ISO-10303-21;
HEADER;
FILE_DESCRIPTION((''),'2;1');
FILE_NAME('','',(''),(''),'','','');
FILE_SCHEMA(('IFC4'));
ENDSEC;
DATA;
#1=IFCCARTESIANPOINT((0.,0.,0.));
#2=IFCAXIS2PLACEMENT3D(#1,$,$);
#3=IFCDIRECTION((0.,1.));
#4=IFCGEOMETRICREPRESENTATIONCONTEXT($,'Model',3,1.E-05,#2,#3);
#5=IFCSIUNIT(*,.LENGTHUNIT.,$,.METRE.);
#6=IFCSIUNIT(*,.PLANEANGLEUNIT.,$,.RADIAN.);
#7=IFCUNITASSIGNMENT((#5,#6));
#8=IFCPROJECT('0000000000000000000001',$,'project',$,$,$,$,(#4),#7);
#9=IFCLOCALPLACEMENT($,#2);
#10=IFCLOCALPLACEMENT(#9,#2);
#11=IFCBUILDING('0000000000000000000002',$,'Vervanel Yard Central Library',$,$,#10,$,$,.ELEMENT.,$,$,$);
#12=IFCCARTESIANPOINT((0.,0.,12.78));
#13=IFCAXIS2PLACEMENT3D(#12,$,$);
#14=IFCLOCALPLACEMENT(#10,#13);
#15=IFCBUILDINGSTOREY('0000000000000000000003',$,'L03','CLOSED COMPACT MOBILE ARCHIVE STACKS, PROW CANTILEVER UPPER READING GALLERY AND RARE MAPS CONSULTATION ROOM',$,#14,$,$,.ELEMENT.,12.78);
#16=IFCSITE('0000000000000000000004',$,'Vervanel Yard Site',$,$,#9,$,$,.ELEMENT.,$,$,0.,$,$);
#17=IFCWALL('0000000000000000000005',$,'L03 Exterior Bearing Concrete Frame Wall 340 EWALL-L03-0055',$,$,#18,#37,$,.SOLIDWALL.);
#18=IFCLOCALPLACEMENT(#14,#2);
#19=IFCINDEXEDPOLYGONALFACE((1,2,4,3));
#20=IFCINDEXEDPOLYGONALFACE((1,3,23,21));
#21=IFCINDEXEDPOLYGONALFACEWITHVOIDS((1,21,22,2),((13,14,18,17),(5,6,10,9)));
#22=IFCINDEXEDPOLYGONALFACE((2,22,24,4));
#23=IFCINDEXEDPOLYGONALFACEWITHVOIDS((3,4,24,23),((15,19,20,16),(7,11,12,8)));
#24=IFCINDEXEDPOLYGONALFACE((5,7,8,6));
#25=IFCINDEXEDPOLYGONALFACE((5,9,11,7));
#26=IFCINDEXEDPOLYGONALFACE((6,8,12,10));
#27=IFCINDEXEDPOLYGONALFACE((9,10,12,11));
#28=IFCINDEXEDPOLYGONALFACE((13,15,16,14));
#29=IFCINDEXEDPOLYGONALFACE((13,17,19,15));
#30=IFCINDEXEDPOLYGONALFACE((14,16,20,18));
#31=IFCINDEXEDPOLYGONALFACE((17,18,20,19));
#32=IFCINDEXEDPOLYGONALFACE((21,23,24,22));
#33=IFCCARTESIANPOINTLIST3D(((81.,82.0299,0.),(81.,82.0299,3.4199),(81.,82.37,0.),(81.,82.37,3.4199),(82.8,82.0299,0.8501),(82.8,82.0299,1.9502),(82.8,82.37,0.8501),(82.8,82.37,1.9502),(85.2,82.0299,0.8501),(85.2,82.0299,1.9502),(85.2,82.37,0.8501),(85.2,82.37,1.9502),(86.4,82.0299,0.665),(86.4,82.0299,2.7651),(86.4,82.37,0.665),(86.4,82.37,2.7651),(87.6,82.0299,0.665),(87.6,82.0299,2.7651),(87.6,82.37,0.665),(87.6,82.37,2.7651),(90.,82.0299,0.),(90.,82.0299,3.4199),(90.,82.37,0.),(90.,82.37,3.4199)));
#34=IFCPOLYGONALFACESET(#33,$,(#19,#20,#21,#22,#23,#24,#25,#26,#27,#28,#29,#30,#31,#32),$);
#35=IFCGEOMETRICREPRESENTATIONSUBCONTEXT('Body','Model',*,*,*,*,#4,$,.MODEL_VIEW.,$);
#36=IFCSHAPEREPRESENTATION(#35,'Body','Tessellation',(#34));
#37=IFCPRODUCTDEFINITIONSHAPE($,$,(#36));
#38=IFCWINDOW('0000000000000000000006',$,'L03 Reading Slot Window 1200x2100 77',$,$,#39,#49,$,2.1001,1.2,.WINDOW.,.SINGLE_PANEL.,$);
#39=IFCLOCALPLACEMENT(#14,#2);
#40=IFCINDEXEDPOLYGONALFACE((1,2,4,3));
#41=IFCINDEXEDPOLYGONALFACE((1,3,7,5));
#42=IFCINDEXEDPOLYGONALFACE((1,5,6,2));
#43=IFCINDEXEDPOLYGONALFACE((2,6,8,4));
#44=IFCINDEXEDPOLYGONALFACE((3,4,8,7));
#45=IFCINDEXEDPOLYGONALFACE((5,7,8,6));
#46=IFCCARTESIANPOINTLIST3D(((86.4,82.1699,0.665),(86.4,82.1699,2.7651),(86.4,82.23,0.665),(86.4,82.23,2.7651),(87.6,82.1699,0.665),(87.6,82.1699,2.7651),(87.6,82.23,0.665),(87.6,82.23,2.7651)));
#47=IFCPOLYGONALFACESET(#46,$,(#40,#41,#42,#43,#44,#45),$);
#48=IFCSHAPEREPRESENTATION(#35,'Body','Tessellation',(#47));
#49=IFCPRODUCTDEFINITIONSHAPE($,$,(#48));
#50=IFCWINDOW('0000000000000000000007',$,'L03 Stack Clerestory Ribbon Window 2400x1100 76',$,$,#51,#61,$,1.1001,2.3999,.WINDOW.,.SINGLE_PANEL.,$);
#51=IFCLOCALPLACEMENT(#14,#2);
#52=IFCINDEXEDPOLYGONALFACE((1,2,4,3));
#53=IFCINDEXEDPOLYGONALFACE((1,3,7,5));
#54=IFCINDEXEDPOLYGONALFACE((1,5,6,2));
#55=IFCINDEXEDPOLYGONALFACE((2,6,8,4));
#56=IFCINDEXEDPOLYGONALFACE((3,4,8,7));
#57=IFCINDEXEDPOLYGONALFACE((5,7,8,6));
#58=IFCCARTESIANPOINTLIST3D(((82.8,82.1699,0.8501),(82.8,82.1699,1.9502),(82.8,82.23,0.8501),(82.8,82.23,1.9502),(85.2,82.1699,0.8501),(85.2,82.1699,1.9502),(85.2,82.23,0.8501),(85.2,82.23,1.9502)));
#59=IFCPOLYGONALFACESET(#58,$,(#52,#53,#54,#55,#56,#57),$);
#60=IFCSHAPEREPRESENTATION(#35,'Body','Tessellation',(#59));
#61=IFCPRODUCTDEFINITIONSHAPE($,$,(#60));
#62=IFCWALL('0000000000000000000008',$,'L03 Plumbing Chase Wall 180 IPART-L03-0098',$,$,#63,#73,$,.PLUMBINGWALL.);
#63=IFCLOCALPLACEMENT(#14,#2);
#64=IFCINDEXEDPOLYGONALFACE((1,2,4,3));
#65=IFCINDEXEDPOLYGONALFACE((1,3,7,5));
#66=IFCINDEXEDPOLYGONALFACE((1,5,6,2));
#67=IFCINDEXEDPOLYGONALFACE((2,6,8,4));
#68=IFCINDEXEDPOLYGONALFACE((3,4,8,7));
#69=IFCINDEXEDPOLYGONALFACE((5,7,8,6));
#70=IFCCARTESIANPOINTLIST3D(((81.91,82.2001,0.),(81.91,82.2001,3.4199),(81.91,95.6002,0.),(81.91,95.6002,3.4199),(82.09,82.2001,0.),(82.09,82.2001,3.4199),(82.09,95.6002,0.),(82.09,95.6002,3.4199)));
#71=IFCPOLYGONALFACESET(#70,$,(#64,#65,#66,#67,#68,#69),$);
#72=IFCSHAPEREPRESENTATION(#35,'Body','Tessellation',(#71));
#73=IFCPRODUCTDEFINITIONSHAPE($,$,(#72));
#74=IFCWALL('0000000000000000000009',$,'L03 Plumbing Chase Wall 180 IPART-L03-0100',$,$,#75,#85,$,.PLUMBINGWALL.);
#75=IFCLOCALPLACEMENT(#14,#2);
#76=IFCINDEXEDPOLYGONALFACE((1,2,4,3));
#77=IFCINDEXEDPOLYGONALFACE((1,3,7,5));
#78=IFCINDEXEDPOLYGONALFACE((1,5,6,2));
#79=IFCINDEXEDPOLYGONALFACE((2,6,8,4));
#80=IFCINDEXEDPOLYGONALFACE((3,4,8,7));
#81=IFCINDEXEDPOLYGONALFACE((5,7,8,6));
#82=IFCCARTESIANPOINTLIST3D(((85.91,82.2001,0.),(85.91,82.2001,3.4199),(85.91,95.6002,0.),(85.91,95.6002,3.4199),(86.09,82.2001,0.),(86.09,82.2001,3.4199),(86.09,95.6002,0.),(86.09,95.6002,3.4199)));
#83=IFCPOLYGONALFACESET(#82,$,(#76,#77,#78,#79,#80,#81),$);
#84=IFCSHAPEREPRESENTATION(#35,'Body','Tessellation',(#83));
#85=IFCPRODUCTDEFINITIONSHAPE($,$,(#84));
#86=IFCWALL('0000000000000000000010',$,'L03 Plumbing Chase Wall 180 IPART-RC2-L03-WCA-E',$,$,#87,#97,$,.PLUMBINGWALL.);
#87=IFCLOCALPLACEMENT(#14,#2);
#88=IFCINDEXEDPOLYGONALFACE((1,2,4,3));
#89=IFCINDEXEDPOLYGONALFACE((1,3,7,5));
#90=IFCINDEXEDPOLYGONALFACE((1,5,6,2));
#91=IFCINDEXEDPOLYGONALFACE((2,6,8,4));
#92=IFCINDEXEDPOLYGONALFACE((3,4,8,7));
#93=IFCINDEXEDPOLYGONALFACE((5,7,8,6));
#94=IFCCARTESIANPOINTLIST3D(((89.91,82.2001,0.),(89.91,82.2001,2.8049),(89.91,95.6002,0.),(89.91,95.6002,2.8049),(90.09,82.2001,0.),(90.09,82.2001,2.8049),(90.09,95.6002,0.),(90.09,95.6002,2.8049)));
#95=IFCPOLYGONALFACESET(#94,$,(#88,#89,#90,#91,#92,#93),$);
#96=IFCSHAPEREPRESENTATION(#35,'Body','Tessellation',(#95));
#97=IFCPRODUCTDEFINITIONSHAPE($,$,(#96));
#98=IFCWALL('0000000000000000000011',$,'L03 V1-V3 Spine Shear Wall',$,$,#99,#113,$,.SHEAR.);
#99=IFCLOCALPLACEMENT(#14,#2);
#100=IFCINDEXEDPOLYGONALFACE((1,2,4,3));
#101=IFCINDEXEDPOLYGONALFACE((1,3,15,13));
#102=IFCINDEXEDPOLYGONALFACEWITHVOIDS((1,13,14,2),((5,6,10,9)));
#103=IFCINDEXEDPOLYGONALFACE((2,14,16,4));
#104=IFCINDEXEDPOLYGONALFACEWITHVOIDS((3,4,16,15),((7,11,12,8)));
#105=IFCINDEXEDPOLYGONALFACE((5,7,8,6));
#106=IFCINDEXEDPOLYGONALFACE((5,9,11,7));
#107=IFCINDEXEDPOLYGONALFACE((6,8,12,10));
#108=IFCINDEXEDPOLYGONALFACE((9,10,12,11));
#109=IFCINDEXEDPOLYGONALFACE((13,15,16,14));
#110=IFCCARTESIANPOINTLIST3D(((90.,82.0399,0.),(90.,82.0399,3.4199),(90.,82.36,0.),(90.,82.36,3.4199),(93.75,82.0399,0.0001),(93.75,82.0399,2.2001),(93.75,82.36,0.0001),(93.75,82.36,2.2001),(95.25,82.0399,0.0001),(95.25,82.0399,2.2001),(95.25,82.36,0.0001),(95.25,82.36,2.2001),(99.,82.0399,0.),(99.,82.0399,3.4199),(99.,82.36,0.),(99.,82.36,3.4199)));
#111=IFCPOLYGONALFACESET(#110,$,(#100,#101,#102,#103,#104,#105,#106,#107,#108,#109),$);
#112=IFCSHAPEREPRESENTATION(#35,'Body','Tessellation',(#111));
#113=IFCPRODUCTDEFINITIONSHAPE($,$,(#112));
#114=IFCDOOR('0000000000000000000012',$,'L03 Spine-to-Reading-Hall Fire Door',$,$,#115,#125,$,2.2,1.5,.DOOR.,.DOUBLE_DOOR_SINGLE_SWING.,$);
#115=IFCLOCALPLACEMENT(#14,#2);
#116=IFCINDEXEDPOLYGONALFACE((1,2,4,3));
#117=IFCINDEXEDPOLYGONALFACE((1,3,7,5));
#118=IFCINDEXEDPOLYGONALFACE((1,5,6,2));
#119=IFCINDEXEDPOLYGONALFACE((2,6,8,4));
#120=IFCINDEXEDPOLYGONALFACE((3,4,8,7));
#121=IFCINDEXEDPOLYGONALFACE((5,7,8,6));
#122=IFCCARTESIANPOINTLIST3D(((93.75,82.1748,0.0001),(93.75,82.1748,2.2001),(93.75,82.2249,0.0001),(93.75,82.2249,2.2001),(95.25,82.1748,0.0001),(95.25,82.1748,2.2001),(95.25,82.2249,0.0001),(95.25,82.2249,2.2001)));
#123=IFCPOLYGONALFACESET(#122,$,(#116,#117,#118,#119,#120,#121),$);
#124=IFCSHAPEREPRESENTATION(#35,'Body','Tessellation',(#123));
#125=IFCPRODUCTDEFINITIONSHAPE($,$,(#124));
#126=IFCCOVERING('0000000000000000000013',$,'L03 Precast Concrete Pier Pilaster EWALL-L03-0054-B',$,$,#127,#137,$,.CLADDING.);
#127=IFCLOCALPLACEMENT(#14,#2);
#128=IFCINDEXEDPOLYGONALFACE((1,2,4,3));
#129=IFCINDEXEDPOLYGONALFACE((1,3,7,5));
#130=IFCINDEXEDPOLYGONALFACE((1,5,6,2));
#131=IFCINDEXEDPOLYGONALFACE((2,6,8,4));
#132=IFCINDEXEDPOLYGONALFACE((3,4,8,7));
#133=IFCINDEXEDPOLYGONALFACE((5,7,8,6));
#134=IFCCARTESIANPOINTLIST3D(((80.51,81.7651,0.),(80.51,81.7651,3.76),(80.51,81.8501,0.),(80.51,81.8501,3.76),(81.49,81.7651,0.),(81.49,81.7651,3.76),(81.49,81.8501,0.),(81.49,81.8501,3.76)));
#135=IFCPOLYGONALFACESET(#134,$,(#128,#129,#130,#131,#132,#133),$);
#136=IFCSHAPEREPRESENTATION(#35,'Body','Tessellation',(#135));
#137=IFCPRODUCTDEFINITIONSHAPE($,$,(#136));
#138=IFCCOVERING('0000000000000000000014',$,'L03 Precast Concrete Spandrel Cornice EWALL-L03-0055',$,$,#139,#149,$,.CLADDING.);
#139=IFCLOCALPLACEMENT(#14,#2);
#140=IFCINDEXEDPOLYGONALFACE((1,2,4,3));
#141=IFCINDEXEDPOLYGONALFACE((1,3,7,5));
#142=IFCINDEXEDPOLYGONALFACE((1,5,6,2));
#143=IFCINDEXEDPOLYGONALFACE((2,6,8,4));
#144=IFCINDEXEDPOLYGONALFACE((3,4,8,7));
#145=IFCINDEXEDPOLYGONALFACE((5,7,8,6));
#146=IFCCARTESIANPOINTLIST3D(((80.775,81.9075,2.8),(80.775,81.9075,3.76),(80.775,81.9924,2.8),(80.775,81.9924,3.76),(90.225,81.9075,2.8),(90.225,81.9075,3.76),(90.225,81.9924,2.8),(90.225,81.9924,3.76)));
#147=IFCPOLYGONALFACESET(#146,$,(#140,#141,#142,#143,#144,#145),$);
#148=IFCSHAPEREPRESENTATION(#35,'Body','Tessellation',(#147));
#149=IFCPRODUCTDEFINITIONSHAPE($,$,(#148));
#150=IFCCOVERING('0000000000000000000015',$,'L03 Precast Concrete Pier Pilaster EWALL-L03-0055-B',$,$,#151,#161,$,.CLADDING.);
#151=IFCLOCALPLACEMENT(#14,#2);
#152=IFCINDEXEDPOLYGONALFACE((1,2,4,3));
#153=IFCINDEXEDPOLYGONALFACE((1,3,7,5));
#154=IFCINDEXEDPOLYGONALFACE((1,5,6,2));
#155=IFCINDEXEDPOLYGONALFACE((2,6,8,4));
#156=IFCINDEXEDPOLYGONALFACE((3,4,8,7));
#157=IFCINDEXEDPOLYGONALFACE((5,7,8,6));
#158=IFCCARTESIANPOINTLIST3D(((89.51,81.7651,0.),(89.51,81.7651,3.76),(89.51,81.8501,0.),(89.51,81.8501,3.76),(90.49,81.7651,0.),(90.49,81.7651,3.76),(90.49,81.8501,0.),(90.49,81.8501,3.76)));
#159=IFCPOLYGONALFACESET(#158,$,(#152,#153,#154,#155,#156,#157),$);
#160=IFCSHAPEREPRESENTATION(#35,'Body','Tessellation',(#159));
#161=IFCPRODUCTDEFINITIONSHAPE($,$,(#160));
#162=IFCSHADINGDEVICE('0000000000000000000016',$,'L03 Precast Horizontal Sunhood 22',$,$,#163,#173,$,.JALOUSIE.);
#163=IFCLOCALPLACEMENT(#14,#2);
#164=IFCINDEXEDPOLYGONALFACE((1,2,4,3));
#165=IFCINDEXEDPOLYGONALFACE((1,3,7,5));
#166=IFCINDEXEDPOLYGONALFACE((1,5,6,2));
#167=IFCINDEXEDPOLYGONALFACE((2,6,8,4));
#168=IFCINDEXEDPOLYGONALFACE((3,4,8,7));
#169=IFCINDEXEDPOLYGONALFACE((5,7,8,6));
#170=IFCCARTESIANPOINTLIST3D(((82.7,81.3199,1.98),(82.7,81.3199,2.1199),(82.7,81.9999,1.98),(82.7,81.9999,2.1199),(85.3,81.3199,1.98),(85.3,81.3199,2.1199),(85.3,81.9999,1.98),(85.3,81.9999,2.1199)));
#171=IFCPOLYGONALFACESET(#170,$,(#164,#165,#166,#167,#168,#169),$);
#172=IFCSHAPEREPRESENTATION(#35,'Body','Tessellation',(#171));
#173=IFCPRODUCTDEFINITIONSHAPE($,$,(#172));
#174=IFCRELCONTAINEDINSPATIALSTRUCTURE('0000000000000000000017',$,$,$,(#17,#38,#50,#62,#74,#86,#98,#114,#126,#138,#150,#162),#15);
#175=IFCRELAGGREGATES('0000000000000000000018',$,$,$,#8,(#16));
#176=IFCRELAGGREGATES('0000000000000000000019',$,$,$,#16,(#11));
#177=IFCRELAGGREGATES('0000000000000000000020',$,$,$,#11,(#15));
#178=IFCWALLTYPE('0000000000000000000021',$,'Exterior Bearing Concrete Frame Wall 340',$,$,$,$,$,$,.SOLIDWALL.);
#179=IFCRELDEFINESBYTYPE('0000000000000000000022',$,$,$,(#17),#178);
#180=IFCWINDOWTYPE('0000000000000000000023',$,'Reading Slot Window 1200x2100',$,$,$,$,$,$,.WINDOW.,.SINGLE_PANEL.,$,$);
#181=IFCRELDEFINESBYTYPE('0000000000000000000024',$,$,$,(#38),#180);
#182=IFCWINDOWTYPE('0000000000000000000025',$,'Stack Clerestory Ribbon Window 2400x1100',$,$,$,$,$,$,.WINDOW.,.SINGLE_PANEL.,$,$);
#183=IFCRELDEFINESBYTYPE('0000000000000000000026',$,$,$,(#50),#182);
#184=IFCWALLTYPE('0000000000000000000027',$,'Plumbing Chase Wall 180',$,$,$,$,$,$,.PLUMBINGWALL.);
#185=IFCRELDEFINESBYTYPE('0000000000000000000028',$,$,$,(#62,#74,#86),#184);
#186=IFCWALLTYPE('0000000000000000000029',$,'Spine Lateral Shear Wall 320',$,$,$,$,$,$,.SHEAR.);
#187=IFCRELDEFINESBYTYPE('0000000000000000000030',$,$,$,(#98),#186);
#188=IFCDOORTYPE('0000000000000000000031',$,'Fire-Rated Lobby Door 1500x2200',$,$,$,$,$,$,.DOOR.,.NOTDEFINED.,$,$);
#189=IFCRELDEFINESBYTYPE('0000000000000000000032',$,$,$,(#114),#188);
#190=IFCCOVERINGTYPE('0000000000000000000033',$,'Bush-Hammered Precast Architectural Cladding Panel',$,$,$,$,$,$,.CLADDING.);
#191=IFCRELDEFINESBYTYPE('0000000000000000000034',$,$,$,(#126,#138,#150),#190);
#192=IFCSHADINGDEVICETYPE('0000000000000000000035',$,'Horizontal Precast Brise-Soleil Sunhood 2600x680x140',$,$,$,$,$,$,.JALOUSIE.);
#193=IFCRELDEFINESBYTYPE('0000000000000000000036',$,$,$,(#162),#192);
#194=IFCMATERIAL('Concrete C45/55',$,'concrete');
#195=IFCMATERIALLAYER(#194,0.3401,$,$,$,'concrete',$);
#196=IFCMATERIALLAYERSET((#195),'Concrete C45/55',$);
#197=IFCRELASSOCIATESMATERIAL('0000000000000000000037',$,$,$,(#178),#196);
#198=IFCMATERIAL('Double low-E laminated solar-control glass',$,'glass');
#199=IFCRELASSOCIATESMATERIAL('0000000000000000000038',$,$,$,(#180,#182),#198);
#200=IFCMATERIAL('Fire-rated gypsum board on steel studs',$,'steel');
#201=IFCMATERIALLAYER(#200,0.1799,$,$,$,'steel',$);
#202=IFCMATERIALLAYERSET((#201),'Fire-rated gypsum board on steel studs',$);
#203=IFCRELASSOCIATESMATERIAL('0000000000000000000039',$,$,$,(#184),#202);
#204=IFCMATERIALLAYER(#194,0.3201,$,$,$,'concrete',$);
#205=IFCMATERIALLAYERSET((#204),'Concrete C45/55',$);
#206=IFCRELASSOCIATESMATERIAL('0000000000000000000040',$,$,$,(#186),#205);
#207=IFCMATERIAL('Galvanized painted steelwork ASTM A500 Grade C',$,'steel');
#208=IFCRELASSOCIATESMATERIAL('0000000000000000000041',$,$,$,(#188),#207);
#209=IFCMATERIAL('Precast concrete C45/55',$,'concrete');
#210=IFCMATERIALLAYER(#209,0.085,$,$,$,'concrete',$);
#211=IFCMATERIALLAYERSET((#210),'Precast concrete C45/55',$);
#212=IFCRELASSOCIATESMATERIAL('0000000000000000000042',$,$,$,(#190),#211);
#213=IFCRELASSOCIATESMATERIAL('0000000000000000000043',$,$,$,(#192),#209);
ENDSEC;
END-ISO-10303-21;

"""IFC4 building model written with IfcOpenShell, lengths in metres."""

from ifc_helpers import new_model, si_unit, direction, frame, frame_2d, origin, origin_2d, place, context, subcontext, project, spatial, rectangle, extrude, material, layer, layer_set, type_object, element, fill, save


model = new_model("IFC4")

# Units and contexts
model_context = context("Model", 3, precision=1e-05, world=origin(), true_north=direction((0.0, 1.0)))
body_context = subcontext(model_context, "Body", "Model", "MODEL_VIEW")
ifc_project = project(units=[si_unit("LENGTHUNIT", "METRE"), si_unit("PLANEANGLEUNIT", "RADIAN")], contexts=[model_context])

# Site, building, storey
site_placement = place(None, origin())
site = spatial("IfcSite", under=ifc_project, at=site_placement, Name="Vervanel Yard Site", CompositionType="ELEMENT", RefElevation=0.0)
building_placement = place(site_placement, origin())
building = spatial("IfcBuilding", under=site, at=building_placement, Name="Vervanel Yard Central Library", CompositionType="ELEMENT")
storey_placement = place(building_placement, frame((0.0, 0.0, 12.78)))
storey = spatial("IfcBuildingStorey", under=building, at=storey_placement, Name="L03", Description="CLOSED COMPACT MOBILE ARCHIVE STACKS, PROW CANTILEVER UPPER READING GALLERY AND RARE MAPS CONSULTATION ROOM", CompositionType="ELEMENT", Elevation=12.78)

# Wall, openings, windows
ifc_material_1 = material(Name="Concrete C45/55", Category="concrete")
ifc_layer_1 = layer(ifc_material_1, 0.3401, Category="concrete")
ifc_layer_set_1 = layer_set([ifc_layer_1], Name="Concrete C45/55")
wall_type_1 = type_object("IfcWallType", Name="Exterior Bearing Concrete Frame Wall 340", PredefinedType="SOLIDWALL", material=ifc_layer_set_1)
wall_1_placement = place(storey_placement, frame((81.0, 82.2, 0.0), z_axis=(0.0, 0.0, 1.0), x_axis=(1.0, 0.0, 0.0)))
wall_1 = element("IfcWall", 1, at=wall_1_placement, inside=storey, type_object=wall_type_1, Name="L03 Exterior Bearing Concrete Frame Wall 340 EWALL-L03-0055", PredefinedType="SOLIDWALL", context=body_context, shape_type="SweptSolid", body=[
    extrude(rectangle(XDim=9.0, YDim=0.3401, at=frame_2d((4.5, 0.0))), origin(), (0.0, 0.0, 1.0), 3.4199),
])
opening_1_placement = place(wall_1_placement, frame((1.8, 0.0, 0.8501)))
opening_1 = element("IfcOpeningElement", 2, at=opening_1_placement, cuts=wall_1, PredefinedType="OPENING", context=body_context, shape_type="SweptSolid", body=[
    extrude(rectangle(XDim=2.3999, YDim=1.1001, at=frame_2d((1.2, 0.55))), frame((0.0, 0.1799, 0.0), z_axis=(0.0, -1.0, 0.0), x_axis=(1.0, 0.0, 0.0)), (0.0, 0.0, 1.0), 0.3601),
])
opening_2_placement = place(wall_1_placement, frame((5.3999, 0.0, 0.665)))
opening_2 = element("IfcOpeningElement", 3, at=opening_2_placement, cuts=wall_1, PredefinedType="OPENING", context=body_context, shape_type="SweptSolid", body=[
    extrude(rectangle(XDim=1.2, YDim=2.1001, at=frame_2d((0.6001, 1.05))), frame((0.0, 0.1799, 0.0), z_axis=(0.0, -1.0, 0.0), x_axis=(1.0, 0.0, 0.0)), (0.0, 0.0, 1.0), 0.3601),
])
ifc_material_2 = material(Name="Double low-E laminated solar-control glass", Category="glass")
window_type_1 = type_object("IfcWindowType", Name="Reading Slot Window 1200x2100", PartitioningType="SINGLE_PANEL", PredefinedType="WINDOW", material=ifc_material_2)
window_1_placement = place(opening_2_placement, origin())
window_1 = element("IfcWindow", 4, at=window_1_placement, inside=storey, type_object=window_type_1, Name="L03 Reading Slot Window 1200x2100 77", OverallHeight=2.1001, OverallWidth=1.2, PartitioningType="SINGLE_PANEL", PredefinedType="WINDOW", context=body_context, shape_type="SweptSolid", body=[
    extrude(rectangle(XDim=1.2, YDim=2.1001, at=frame_2d((0.6001, 1.05))), frame((0.0, 0.03, 0.0), z_axis=(0.0, -1.0, 0.0), x_axis=(1.0, 0.0, 0.0)), (0.0, 0.0, 1.0), 0.0601),
])
fill(opening_2, window_1)
window_type_2 = type_object("IfcWindowType", Name="Stack Clerestory Ribbon Window 2400x1100", PartitioningType="SINGLE_PANEL", PredefinedType="WINDOW", material=ifc_material_2)
window_2_placement = place(opening_1_placement, origin())
window_2 = element("IfcWindow", 5, at=window_2_placement, inside=storey, type_object=window_type_2, Name="L03 Stack Clerestory Ribbon Window 2400x1100 76", OverallHeight=1.1001, OverallWidth=2.3999, PartitioningType="SINGLE_PANEL", PredefinedType="WINDOW", context=body_context, shape_type="SweptSolid", body=[
    extrude(rectangle(XDim=2.3999, YDim=1.1001, at=frame_2d((1.2, 0.55))), frame((0.0, 0.03, 0.0), z_axis=(0.0, -1.0, 0.0), x_axis=(1.0, 0.0, 0.0)), (0.0, 0.0, 1.0), 0.0601),
])
fill(opening_1, window_2)

# Walls
ifc_material_3 = material(Name="Fire-rated gypsum board on steel studs", Category="steel")
ifc_layer_2 = layer(ifc_material_3, 0.1799, Category="steel")
ifc_layer_set_2 = layer_set([ifc_layer_2], Name="Fire-rated gypsum board on steel studs")
wall_type_2 = type_object("IfcWallType", Name="Plumbing Chase Wall 180", PredefinedType="PLUMBINGWALL", material=ifc_layer_set_2)
for number, where, z_axis, x_axis, name in (
    (6, (82.0, 82.2, 0.0), (0.0, 0.0, 1.0), (0.0, 1.0, 0.0), "L03 Plumbing Chase Wall 180 IPART-L03-0098"),
    (7, (86.0, 82.2, 0.0), (0.0, 0.0, 1.0), (0.0, 1.0, 0.0), "L03 Plumbing Chase Wall 180 IPART-L03-0100"),
):
    element("IfcWall", number, at=place(storey_placement, frame(where, z_axis=z_axis, x_axis=x_axis)), inside=storey, type_object=wall_type_2, Name=name, PredefinedType="PLUMBINGWALL", context=body_context, shape_type="SweptSolid", body=[
        extrude(rectangle(XDim=13.4001, YDim=0.1799, at=frame_2d((6.7002, 0.0))), origin(), (0.0, 0.0, 1.0), 3.4199),
    ])
wall_2_placement = place(storey_placement, frame((90.0, 82.2, 0.0), z_axis=(0.0, 0.0, 1.0), x_axis=(0.0, 1.0, 0.0)))
element("IfcWall", 8, at=wall_2_placement, inside=storey, type_object=wall_type_2, Name="L03 Plumbing Chase Wall 180 IPART-RC2-L03-WCA-E", PredefinedType="PLUMBINGWALL", context=body_context, shape_type="SweptSolid", body=[
    extrude(rectangle(XDim=13.4001, YDim=0.1799, at=frame_2d((6.7002, 0.0))), origin(), (0.0, 0.0, 1.0), 2.8049),
])

# Wall, opening, door
ifc_layer_3 = layer(ifc_material_1, 0.3201, Category="concrete")
ifc_layer_set_3 = layer_set([ifc_layer_3], Name="Concrete C45/55")
wall_type_3 = type_object("IfcWallType", Name="Spine Lateral Shear Wall 320", PredefinedType="SHEAR", material=ifc_layer_set_3)
wall_3_placement = place(storey_placement, frame((90.0, 82.2, 0.0), z_axis=(0.0, 0.0, 1.0), x_axis=(1.0, 0.0, 0.0)))
wall_3 = element("IfcWall", 9, at=wall_3_placement, inside=storey, type_object=wall_type_3, Name="L03 V1-V3 Spine Shear Wall", PredefinedType="SHEAR", context=body_context, shape_type="SweptSolid", body=[
    extrude(rectangle(XDim=9.0, YDim=0.3201, at=frame_2d((4.5, 0.0))), origin(), (0.0, 0.0, 1.0), 3.4199),
])
opening_3_placement = place(wall_3_placement, frame((3.75, 0.0, 0.0)))
opening_3 = element("IfcOpeningElement", 10, at=opening_3_placement, cuts=wall_3, PredefinedType="OPENING", context=body_context, shape_type="SweptSolid", body=[
    extrude(rectangle(XDim=1.5, YDim=2.2, at=frame_2d((0.75, 1.1001))), frame((0.0, 0.1699, 0.0), z_axis=(0.0, -1.0, 0.0), x_axis=(1.0, 0.0, 0.0)), (0.0, 0.0, 1.0), 0.3401),
])
ifc_material_4 = material(Name="Galvanized painted steelwork ASTM A500 Grade C", Category="steel")
door_type = type_object("IfcDoorType", Name="Fire-Rated Lobby Door 1500x2200", OperationType="NOTDEFINED", PredefinedType="DOOR", material=ifc_material_4)
door_placement = place(opening_3_placement, origin())
door = element("IfcDoor", 11, at=door_placement, inside=storey, type_object=door_type, Name="L03 Spine-to-Reading-Hall Fire Door", OperationType="DOUBLE_DOOR_SINGLE_SWING", OverallHeight=2.2, OverallWidth=1.5, PredefinedType="DOOR", context=body_context, shape_type="SweptSolid", body=[
    extrude(rectangle(XDim=1.5, YDim=2.2, at=frame_2d((0.75, 1.1001))), frame((0.0, 0.0249, 0.0), z_axis=(0.0, -1.0, 0.0), x_axis=(1.0, 0.0, 0.0)), (0.0, 0.0, 1.0), 0.05),
])
fill(opening_3, door)

# Coverings
ifc_material_5 = material(Name="Precast concrete C45/55", Category="concrete")
ifc_layer_4 = layer(ifc_material_5, 0.085, Category="concrete")
ifc_layer_set_4 = layer_set([ifc_layer_4], Name="Precast concrete C45/55")
covering_type = type_object("IfcCoveringType", Name="Bush-Hammered Precast Architectural Cladding Panel", PredefinedType="CLADDING", material=ifc_layer_set_4)
covering_1_placement = place(storey_placement, frame((81.0, 81.8076, 0.0), z_axis=(0.0, 0.0, 1.0), x_axis=(1.0, 0.0, 0.0)))
element("IfcCovering", 12, at=covering_1_placement, inside=storey, type_object=covering_type, Name="L03 Precast Concrete Pier Pilaster EWALL-L03-0054-B", PredefinedType="CLADDING", context=body_context, shape_type="SweptSolid", body=[
    extrude(rectangle(XDim=0.98, YDim=0.085, at=origin_2d()), origin(), (0.0, 0.0, 1.0), 3.76),
])
covering_2_placement = place(storey_placement, frame((85.5, 81.95, 2.8), z_axis=(0.0, 0.0, 1.0), x_axis=(1.0, 0.0, 0.0)))
element("IfcCovering", 13, at=covering_2_placement, inside=storey, type_object=covering_type, Name="L03 Precast Concrete Spandrel Cornice EWALL-L03-0055", PredefinedType="CLADDING", context=body_context, shape_type="SweptSolid", body=[
    extrude(rectangle(XDim=9.45, YDim=0.085, at=origin_2d()), origin(), (0.0, 0.0, 1.0), 0.96),
])
covering_3_placement = place(storey_placement, frame((90.0, 81.8076, 0.0), z_axis=(0.0, 0.0, 1.0), x_axis=(1.0, 0.0, 0.0)))
element("IfcCovering", 14, at=covering_3_placement, inside=storey, type_object=covering_type, Name="L03 Precast Concrete Pier Pilaster EWALL-L03-0055-B", PredefinedType="CLADDING", context=body_context, shape_type="SweptSolid", body=[
    extrude(rectangle(XDim=0.98, YDim=0.085, at=origin_2d()), origin(), (0.0, 0.0, 1.0), 3.76),
])

# Shading device
shading_device_type_1 = type_object("IfcShadingDeviceType", Name="Horizontal Precast Brise-Soleil Sunhood 2600x680x140", PredefinedType="JALOUSIE", material=ifc_material_5)
shading_device_placement = place(storey_placement, frame((84.0, 81.6599, 1.98), z_axis=(0.0, 0.0, 1.0), x_axis=(1.0, 0.0, 0.0)))
element("IfcShadingDevice", 15, at=shading_device_placement, inside=storey, type_object=shading_device_type_1, Name="L03 Precast Horizontal Sunhood 22", PredefinedType="JALOUSIE", context=body_context, shape_type="SweptSolid", body=[
    extrude(rectangle(XDim=2.6001, YDim=0.6799, at=origin_2d()), origin(), (0.0, 0.0, 1.0), 0.1399),
])

save(model, "model.ifc")
